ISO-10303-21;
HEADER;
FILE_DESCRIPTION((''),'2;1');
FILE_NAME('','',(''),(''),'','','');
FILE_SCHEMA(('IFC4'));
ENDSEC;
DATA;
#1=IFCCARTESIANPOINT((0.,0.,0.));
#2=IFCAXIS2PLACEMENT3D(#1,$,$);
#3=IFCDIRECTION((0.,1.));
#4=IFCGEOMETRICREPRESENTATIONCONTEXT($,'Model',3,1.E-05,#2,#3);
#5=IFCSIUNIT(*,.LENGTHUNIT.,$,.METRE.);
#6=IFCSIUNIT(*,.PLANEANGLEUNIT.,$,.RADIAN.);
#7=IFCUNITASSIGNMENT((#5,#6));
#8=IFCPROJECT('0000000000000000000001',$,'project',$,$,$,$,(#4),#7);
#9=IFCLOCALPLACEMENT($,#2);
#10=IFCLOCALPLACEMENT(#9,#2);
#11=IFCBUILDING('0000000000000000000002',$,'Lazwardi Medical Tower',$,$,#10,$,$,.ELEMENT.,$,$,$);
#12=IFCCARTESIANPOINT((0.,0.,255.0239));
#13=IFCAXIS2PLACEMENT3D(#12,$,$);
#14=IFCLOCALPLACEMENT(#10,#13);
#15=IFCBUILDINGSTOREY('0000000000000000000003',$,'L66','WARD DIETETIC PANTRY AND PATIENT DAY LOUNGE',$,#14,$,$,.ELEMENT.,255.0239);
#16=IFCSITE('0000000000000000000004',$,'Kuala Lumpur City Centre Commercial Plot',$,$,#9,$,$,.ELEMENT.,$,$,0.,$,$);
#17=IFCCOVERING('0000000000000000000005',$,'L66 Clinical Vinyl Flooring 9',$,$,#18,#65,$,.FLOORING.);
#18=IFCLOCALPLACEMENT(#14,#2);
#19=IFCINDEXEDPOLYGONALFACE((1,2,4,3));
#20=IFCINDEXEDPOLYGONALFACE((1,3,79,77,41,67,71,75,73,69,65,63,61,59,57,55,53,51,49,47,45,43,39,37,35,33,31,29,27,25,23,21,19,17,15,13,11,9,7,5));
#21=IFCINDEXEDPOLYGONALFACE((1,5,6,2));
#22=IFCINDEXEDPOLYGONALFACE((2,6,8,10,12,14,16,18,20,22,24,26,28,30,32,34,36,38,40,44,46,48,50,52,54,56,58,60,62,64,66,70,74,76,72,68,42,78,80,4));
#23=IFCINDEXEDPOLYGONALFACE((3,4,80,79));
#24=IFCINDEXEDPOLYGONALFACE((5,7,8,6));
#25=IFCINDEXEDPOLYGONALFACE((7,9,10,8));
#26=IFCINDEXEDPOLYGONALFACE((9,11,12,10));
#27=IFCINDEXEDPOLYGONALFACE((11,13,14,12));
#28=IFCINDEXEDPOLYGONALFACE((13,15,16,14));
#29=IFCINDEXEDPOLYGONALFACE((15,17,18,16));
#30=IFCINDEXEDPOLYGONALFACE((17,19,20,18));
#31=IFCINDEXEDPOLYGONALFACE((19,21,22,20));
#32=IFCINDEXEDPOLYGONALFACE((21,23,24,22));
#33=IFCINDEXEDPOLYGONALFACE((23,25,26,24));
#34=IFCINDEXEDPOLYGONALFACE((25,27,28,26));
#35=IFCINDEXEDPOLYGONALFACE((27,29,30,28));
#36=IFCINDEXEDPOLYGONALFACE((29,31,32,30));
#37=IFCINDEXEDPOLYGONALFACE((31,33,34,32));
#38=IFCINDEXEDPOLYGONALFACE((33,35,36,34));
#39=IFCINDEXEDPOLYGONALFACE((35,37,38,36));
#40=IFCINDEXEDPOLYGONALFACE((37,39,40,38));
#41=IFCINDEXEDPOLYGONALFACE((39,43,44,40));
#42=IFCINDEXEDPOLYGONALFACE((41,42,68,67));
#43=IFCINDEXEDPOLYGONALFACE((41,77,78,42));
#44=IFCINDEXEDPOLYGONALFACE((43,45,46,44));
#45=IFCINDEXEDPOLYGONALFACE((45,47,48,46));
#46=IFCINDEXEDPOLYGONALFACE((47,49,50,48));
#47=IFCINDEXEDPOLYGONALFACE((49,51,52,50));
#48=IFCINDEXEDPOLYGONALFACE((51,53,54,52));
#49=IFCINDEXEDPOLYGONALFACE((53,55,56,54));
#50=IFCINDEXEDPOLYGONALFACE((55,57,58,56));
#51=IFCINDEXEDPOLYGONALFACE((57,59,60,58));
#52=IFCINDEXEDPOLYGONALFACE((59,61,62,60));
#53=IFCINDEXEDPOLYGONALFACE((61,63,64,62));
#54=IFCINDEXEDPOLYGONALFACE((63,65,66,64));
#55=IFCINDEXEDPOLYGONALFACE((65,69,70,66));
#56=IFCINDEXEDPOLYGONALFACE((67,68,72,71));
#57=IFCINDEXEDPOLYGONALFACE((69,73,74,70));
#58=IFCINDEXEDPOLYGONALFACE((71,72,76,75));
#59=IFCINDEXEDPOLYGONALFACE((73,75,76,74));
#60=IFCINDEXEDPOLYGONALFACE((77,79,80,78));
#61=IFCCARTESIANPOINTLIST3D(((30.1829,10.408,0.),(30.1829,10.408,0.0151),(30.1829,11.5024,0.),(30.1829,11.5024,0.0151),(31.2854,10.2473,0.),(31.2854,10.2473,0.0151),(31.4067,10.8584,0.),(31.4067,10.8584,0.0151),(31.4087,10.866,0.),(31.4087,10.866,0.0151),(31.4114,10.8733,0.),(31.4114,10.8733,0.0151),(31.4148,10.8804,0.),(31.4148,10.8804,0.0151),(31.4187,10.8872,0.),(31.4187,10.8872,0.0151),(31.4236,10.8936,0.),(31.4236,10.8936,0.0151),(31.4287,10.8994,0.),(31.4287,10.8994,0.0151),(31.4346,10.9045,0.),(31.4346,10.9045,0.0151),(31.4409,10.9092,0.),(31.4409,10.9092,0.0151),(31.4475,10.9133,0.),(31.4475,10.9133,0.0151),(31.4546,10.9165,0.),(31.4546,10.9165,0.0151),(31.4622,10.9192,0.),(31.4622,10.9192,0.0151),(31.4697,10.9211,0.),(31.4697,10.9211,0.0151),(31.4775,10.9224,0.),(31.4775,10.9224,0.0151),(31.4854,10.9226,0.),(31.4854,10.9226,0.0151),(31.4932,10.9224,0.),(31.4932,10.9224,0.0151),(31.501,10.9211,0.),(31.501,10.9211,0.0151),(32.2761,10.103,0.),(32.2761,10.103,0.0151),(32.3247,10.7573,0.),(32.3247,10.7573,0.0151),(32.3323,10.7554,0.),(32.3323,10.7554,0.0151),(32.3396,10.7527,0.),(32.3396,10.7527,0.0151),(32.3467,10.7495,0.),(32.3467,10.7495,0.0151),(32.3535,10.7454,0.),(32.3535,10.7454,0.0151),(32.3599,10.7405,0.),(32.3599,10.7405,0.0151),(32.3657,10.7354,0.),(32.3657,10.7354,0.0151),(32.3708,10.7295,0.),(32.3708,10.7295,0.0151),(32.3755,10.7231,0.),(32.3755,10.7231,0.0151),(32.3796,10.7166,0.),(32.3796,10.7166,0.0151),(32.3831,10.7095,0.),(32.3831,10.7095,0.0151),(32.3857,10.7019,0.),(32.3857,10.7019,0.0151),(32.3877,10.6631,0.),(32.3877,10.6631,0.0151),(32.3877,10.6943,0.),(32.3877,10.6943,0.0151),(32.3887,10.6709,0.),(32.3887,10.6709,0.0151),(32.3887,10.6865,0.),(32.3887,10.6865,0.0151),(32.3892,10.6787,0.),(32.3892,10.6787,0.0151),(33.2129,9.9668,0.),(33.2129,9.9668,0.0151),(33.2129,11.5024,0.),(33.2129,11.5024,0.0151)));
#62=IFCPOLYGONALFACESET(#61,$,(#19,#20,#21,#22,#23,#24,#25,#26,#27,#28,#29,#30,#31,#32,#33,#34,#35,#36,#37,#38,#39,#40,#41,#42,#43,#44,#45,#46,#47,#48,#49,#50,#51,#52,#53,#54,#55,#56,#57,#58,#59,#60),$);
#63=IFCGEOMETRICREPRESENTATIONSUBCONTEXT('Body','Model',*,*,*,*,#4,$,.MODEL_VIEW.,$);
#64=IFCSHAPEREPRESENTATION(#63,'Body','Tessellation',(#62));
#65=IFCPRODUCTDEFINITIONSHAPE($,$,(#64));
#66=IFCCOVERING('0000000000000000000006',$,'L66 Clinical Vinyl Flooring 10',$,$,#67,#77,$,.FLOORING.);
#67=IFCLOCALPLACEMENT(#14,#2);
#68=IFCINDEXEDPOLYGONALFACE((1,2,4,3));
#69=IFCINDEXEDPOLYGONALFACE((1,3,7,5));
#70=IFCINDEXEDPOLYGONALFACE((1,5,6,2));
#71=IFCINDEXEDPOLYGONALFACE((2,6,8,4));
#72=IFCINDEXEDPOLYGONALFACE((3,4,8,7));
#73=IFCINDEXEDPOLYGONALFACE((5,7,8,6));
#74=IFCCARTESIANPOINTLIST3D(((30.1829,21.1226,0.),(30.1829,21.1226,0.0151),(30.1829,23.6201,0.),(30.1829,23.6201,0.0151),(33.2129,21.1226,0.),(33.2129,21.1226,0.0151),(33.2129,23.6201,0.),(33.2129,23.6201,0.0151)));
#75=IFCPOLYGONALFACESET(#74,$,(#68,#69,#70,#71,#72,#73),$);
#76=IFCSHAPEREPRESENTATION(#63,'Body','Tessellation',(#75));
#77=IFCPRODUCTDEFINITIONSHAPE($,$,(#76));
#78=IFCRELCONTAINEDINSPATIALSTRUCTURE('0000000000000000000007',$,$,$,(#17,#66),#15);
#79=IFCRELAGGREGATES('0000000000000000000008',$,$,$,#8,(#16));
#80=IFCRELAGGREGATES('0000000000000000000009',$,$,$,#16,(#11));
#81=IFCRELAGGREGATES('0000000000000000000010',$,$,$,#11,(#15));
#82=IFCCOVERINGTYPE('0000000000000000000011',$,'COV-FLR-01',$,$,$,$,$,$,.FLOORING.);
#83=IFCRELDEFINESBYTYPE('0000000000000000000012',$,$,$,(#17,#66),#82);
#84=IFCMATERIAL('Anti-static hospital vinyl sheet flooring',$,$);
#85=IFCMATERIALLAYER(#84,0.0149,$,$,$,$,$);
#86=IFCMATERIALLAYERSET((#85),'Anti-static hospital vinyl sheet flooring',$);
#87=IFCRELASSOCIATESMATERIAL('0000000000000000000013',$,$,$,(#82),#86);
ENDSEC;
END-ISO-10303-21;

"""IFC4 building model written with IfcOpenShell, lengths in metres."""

from ifc_helpers import new_model, si_unit, direction, frame, origin, place, context, subcontext, project, spatial, polyline, outline, extrude, material, layer, layer_set, type_object, element, save


model = new_model("IFC4")

# Units and contexts
model_context = context("Model", 3, precision=1e-05, world=origin(), true_north=direction((0.0, 1.0)))
body_context = subcontext(model_context, "Body", "Model", "MODEL_VIEW")
ifc_project = project(units=[si_unit("LENGTHUNIT", "METRE"), si_unit("PLANEANGLEUNIT", "RADIAN")], contexts=[model_context])

# Site, building, storey
site_placement = place(None, origin())
site = spatial("IfcSite", under=ifc_project, at=site_placement, Name="Kuala Lumpur City Centre Commercial Plot", CompositionType="ELEMENT", RefElevation=0.0)
building_placement = place(site_placement, origin())
building = spatial("IfcBuilding", under=site, at=building_placement, Name="Lazwardi Medical Tower", CompositionType="ELEMENT")
storey_placement = place(building_placement, frame((0.0, 0.0, 255.0239)))
storey = spatial("IfcBuildingStorey", under=building, at=storey_placement, Name="L66", Description="WARD DIETETIC PANTRY AND PATIENT DAY LOUNGE", CompositionType="ELEMENT", Elevation=255.0239)

# Coverings
ifc_material_1 = material(Name="Anti-static hospital vinyl sheet flooring")
ifc_layer_1 = layer(ifc_material_1, 0.0149)
ifc_layer_set_1 = layer_set([ifc_layer_1], Name="Anti-static hospital vinyl sheet flooring")
covering_type_1 = type_object("IfcCoveringType", Name="COV-FLR-01", PredefinedType="FLOORING", material=ifc_layer_set_1)
covering_1_placement = place(storey_placement, origin())
element("IfcCovering", 1, at=covering_1_placement, inside=storey, type_object=covering_type_1, Name="L66 Clinical Vinyl Flooring 9", PredefinedType="FLOORING", context=body_context, shape_type="SweptSolid", body=[
    extrude(outline(polyline([(30.1829, 10.408), (31.2854, 10.2473), (31.4067, 10.8584), (31.4087, 10.866), (31.4114, 10.8733), (31.4148, 10.8804), (31.4187, 10.8872), (31.4236, 10.8936), (31.4287, 10.8994), (31.4346, 10.9045), (31.4409, 10.9092), (31.4475, 10.9133), (31.4546, 10.9165), (31.4622, 10.9192), (31.4697, 10.9211), (31.4775, 10.9224), (31.4854, 10.9226), (31.4932, 10.9224), (31.501, 10.9211), (32.3247, 10.7573), (32.3323, 10.7554), (32.3396, 10.7527), (32.3467, 10.7495), (32.3535, 10.7454), (32.3599, 10.7405), (32.3657, 10.7354), (32.3708, 10.7295), (32.3755, 10.7231), (32.3796, 10.7166), (32.3831, 10.7095), (32.3857, 10.7019), (32.3877, 10.6943), (32.3887, 10.6865), (32.3892, 10.6787), (32.3887, 10.6709), (32.3877, 10.6631), (32.2761, 10.103), (33.2129, 9.9668), (33.2129, 11.5024), (30.1829, 11.5024), (30.1829, 10.408)])), origin(), (0.0, 0.0, 1.0), 0.0151),
])
covering_2_placement = place(storey_placement, origin())
element("IfcCovering", 2, at=covering_2_placement, inside=storey, type_object=covering_type_1, Name="L66 Clinical Vinyl Flooring 10", PredefinedType="FLOORING", context=body_context, shape_type="SweptSolid", body=[
    extrude(outline(polyline([(33.2129, 23.6201), (30.1829, 23.6201), (30.1829, 21.1226), (33.2129, 21.1226), (33.2129, 23.6201)])), origin(), (0.0, 0.0, 1.0), 0.0151),
])

save(model, "model.ifc")
